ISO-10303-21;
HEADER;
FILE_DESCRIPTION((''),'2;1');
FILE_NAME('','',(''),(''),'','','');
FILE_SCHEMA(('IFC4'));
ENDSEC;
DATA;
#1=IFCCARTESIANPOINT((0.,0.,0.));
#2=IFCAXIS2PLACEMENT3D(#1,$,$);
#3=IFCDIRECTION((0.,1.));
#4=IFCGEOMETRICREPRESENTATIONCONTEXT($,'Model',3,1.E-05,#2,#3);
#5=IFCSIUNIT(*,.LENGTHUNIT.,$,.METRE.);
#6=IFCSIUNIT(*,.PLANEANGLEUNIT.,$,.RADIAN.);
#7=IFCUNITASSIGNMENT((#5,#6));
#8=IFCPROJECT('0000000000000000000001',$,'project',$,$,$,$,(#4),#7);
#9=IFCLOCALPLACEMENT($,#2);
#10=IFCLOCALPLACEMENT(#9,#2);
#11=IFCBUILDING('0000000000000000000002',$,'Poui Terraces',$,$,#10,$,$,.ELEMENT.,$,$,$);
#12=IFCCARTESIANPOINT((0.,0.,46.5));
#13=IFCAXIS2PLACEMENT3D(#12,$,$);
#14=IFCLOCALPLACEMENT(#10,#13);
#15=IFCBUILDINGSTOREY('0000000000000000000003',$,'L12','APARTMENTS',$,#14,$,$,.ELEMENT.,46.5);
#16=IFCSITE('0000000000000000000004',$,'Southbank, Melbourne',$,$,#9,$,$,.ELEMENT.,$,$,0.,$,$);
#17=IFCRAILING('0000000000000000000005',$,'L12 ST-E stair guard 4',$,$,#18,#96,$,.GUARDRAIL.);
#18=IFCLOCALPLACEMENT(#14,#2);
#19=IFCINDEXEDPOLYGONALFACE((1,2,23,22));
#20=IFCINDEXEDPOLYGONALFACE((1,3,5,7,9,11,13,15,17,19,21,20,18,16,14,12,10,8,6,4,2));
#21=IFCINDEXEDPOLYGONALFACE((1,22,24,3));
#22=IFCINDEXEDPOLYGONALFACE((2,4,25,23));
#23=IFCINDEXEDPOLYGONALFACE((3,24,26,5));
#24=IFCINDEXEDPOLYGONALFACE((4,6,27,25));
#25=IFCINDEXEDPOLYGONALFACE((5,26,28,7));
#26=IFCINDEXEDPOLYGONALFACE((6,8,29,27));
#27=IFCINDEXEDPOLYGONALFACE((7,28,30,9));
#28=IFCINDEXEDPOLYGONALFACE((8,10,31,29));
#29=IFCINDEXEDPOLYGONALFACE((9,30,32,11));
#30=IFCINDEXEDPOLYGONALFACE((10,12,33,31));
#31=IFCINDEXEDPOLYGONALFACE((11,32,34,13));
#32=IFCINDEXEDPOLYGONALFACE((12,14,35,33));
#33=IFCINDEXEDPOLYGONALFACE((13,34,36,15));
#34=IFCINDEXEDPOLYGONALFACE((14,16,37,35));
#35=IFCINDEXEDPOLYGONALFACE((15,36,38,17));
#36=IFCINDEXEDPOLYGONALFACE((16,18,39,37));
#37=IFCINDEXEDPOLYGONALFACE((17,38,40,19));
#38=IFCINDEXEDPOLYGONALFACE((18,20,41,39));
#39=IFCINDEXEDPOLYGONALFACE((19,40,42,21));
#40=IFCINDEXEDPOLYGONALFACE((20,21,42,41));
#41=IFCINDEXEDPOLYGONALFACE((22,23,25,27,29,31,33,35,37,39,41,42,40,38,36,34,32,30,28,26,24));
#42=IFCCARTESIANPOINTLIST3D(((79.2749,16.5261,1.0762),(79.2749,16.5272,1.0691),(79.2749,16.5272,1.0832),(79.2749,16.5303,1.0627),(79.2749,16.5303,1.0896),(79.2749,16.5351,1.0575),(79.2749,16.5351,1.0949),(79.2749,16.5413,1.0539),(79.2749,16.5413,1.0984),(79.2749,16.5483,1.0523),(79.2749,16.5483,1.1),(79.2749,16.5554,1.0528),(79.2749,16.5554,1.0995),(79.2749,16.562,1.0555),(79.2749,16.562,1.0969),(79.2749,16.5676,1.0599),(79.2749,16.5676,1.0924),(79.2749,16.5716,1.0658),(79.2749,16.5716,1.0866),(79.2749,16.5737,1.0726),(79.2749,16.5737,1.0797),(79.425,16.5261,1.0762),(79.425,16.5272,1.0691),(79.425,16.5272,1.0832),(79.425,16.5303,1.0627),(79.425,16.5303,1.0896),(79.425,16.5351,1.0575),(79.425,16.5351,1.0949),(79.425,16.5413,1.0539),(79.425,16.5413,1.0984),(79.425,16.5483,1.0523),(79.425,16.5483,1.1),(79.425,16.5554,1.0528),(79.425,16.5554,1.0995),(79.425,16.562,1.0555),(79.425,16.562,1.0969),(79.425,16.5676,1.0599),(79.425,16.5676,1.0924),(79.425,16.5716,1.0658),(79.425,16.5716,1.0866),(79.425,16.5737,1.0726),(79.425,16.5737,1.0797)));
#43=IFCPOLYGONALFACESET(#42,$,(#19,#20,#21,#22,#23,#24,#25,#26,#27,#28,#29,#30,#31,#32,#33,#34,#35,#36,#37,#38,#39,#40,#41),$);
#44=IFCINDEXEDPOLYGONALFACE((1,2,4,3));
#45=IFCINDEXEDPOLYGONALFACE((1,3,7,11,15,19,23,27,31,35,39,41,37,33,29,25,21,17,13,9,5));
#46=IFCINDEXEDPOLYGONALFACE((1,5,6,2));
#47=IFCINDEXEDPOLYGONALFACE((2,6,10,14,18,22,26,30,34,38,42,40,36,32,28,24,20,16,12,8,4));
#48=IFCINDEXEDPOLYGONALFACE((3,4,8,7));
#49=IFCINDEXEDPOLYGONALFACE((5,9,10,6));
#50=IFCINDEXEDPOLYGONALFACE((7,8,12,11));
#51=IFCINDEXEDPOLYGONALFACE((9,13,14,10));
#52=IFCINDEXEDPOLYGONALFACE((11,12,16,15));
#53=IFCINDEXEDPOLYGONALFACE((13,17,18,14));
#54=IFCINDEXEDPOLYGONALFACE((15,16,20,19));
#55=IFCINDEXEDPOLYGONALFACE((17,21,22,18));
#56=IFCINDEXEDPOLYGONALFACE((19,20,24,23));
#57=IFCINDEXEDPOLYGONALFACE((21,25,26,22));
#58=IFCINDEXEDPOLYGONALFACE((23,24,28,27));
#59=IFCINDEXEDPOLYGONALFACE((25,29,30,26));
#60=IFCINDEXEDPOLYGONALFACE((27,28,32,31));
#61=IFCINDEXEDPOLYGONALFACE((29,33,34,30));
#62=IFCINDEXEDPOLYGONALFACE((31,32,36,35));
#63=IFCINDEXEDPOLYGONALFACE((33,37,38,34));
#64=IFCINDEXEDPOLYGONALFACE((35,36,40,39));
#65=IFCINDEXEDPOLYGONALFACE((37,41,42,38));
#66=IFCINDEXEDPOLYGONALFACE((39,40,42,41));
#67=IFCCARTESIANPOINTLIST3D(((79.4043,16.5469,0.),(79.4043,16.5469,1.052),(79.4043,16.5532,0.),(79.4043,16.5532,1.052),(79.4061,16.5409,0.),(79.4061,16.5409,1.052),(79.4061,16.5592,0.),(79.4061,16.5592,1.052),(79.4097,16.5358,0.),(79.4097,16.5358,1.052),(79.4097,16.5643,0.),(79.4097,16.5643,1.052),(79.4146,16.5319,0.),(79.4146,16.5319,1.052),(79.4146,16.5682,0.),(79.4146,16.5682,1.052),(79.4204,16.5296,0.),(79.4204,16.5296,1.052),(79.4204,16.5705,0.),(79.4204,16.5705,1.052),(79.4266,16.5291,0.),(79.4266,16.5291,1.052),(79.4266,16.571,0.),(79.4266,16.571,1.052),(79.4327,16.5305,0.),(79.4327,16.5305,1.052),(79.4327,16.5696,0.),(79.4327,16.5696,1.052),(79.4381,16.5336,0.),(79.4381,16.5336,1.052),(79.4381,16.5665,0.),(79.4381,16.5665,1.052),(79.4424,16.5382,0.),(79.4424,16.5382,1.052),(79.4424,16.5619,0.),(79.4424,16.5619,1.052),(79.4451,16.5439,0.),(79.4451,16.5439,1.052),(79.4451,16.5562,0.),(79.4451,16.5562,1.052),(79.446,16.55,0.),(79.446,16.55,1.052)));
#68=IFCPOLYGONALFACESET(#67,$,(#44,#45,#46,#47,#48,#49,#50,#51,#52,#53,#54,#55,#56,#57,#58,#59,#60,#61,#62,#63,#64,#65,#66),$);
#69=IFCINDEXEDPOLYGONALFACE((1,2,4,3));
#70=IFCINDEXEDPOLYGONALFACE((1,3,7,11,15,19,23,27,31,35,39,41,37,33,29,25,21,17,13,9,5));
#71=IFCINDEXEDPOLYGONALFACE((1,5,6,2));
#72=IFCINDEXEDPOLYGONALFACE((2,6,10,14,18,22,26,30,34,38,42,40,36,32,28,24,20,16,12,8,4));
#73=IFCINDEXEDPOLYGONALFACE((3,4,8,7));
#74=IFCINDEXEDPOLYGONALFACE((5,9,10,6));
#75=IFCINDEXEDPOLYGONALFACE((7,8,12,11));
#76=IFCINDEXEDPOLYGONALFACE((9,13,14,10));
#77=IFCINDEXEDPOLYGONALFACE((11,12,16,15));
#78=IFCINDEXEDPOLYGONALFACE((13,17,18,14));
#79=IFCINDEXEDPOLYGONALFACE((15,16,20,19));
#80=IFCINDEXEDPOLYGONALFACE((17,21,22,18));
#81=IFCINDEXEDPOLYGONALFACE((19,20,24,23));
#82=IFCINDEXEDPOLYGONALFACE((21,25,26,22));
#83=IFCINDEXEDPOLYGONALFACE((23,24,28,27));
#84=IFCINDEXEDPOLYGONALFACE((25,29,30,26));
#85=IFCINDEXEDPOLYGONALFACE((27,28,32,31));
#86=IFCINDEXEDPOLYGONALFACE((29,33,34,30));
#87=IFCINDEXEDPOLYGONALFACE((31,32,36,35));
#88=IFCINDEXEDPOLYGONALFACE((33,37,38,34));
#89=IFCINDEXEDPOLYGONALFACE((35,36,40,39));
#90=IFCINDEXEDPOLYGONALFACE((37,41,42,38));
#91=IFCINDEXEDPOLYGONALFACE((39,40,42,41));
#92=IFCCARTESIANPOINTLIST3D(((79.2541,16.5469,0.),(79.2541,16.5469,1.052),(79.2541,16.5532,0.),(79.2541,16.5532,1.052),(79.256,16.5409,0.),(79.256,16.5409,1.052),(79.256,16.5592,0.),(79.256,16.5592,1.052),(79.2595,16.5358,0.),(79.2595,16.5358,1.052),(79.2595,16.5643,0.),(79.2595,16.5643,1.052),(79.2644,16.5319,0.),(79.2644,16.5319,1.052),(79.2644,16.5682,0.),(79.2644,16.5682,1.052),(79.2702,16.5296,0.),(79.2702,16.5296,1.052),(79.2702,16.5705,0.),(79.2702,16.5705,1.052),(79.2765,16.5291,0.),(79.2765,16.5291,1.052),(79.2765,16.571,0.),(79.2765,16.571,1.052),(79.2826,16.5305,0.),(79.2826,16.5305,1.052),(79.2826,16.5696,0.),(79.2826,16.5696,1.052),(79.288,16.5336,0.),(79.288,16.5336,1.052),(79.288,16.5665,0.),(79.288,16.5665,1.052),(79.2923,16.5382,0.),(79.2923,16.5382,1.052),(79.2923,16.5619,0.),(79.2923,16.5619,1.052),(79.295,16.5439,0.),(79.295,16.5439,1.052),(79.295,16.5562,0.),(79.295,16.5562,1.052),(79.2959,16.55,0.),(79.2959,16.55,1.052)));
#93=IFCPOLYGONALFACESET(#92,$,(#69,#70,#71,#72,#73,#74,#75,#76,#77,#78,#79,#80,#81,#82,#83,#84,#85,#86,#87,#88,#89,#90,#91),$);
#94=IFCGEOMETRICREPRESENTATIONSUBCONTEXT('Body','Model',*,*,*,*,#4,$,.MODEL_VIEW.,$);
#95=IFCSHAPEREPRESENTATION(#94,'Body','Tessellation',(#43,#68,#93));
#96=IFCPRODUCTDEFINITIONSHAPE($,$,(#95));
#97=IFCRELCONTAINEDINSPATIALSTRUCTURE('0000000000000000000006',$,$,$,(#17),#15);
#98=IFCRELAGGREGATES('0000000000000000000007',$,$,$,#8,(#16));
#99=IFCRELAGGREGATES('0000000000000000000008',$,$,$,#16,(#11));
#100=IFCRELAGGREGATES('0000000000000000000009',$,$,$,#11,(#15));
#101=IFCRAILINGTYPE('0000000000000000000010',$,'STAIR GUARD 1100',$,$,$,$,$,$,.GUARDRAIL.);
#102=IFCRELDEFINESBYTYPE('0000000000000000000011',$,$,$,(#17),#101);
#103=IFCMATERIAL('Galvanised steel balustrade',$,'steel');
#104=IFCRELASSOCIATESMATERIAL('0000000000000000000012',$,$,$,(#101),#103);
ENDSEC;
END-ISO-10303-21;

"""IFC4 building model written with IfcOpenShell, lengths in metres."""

from ifc_helpers import new_model, si_unit, direction, frame, origin, origin_2d, place, context, subcontext, project, spatial, circle, extrude, material, type_object, element, save


model = new_model("IFC4")

# Units and contexts
model_context = context("Model", 3, precision=1e-05, world=origin(), true_north=direction((0.0, 1.0)))
body_context = subcontext(model_context, "Body", "Model", "MODEL_VIEW")
ifc_project = project(units=[si_unit("LENGTHUNIT", "METRE"), si_unit("PLANEANGLEUNIT", "RADIAN")], contexts=[model_context])

# Site, building, storey
site_placement = place(None, origin())
site = spatial("IfcSite", under=ifc_project, at=site_placement, Name="Southbank, Melbourne", CompositionType="ELEMENT", RefElevation=0.0)
building_placement = place(site_placement, origin())
building = spatial("IfcBuilding", under=site, at=building_placement, Name="Poui Terraces", CompositionType="ELEMENT")
storey_placement = place(building_placement, frame((0.0, 0.0, 46.5)))
storey = spatial("IfcBuildingStorey", under=building, at=storey_placement, Name="L12", Description="APARTMENTS", CompositionType="ELEMENT", Elevation=46.5)

# Railing
ifc_material_1 = material(Name="Galvanised steel balustrade", Category="steel")
railing_type = type_object("IfcRailingType", Name="STAIR GUARD 1100", PredefinedType="GUARDRAIL", material=ifc_material_1)
railing_1_placement = place(storey_placement, frame((79.425, 16.55, 0.0)))
element("IfcRailing", 1, at=railing_1_placement, inside=storey, type_object=railing_type, Name="L12 ST-E stair guard 4", PredefinedType="GUARDRAIL", context=body_context, shape_type="SweptSolid", body=[
    extrude(circle(Radius=0.0239, at=origin_2d()), frame((0.0, 0.0, 1.0762), z_axis=(-1.0, 0.0, 0.0), x_axis=(0.0, -1.0, 0.0)), (0.0, 0.0, 1.0), 0.1501),
    extrude(circle(Radius=0.021, at=origin_2d()), origin(), (0.0, 0.0, 1.0), 1.052),
    extrude(circle(Radius=0.021, at=origin_2d()), frame((-0.1501, 0.0, 0.0)), (0.0, 0.0, 1.0), 1.052),
])

save(model, "model.ifc")
